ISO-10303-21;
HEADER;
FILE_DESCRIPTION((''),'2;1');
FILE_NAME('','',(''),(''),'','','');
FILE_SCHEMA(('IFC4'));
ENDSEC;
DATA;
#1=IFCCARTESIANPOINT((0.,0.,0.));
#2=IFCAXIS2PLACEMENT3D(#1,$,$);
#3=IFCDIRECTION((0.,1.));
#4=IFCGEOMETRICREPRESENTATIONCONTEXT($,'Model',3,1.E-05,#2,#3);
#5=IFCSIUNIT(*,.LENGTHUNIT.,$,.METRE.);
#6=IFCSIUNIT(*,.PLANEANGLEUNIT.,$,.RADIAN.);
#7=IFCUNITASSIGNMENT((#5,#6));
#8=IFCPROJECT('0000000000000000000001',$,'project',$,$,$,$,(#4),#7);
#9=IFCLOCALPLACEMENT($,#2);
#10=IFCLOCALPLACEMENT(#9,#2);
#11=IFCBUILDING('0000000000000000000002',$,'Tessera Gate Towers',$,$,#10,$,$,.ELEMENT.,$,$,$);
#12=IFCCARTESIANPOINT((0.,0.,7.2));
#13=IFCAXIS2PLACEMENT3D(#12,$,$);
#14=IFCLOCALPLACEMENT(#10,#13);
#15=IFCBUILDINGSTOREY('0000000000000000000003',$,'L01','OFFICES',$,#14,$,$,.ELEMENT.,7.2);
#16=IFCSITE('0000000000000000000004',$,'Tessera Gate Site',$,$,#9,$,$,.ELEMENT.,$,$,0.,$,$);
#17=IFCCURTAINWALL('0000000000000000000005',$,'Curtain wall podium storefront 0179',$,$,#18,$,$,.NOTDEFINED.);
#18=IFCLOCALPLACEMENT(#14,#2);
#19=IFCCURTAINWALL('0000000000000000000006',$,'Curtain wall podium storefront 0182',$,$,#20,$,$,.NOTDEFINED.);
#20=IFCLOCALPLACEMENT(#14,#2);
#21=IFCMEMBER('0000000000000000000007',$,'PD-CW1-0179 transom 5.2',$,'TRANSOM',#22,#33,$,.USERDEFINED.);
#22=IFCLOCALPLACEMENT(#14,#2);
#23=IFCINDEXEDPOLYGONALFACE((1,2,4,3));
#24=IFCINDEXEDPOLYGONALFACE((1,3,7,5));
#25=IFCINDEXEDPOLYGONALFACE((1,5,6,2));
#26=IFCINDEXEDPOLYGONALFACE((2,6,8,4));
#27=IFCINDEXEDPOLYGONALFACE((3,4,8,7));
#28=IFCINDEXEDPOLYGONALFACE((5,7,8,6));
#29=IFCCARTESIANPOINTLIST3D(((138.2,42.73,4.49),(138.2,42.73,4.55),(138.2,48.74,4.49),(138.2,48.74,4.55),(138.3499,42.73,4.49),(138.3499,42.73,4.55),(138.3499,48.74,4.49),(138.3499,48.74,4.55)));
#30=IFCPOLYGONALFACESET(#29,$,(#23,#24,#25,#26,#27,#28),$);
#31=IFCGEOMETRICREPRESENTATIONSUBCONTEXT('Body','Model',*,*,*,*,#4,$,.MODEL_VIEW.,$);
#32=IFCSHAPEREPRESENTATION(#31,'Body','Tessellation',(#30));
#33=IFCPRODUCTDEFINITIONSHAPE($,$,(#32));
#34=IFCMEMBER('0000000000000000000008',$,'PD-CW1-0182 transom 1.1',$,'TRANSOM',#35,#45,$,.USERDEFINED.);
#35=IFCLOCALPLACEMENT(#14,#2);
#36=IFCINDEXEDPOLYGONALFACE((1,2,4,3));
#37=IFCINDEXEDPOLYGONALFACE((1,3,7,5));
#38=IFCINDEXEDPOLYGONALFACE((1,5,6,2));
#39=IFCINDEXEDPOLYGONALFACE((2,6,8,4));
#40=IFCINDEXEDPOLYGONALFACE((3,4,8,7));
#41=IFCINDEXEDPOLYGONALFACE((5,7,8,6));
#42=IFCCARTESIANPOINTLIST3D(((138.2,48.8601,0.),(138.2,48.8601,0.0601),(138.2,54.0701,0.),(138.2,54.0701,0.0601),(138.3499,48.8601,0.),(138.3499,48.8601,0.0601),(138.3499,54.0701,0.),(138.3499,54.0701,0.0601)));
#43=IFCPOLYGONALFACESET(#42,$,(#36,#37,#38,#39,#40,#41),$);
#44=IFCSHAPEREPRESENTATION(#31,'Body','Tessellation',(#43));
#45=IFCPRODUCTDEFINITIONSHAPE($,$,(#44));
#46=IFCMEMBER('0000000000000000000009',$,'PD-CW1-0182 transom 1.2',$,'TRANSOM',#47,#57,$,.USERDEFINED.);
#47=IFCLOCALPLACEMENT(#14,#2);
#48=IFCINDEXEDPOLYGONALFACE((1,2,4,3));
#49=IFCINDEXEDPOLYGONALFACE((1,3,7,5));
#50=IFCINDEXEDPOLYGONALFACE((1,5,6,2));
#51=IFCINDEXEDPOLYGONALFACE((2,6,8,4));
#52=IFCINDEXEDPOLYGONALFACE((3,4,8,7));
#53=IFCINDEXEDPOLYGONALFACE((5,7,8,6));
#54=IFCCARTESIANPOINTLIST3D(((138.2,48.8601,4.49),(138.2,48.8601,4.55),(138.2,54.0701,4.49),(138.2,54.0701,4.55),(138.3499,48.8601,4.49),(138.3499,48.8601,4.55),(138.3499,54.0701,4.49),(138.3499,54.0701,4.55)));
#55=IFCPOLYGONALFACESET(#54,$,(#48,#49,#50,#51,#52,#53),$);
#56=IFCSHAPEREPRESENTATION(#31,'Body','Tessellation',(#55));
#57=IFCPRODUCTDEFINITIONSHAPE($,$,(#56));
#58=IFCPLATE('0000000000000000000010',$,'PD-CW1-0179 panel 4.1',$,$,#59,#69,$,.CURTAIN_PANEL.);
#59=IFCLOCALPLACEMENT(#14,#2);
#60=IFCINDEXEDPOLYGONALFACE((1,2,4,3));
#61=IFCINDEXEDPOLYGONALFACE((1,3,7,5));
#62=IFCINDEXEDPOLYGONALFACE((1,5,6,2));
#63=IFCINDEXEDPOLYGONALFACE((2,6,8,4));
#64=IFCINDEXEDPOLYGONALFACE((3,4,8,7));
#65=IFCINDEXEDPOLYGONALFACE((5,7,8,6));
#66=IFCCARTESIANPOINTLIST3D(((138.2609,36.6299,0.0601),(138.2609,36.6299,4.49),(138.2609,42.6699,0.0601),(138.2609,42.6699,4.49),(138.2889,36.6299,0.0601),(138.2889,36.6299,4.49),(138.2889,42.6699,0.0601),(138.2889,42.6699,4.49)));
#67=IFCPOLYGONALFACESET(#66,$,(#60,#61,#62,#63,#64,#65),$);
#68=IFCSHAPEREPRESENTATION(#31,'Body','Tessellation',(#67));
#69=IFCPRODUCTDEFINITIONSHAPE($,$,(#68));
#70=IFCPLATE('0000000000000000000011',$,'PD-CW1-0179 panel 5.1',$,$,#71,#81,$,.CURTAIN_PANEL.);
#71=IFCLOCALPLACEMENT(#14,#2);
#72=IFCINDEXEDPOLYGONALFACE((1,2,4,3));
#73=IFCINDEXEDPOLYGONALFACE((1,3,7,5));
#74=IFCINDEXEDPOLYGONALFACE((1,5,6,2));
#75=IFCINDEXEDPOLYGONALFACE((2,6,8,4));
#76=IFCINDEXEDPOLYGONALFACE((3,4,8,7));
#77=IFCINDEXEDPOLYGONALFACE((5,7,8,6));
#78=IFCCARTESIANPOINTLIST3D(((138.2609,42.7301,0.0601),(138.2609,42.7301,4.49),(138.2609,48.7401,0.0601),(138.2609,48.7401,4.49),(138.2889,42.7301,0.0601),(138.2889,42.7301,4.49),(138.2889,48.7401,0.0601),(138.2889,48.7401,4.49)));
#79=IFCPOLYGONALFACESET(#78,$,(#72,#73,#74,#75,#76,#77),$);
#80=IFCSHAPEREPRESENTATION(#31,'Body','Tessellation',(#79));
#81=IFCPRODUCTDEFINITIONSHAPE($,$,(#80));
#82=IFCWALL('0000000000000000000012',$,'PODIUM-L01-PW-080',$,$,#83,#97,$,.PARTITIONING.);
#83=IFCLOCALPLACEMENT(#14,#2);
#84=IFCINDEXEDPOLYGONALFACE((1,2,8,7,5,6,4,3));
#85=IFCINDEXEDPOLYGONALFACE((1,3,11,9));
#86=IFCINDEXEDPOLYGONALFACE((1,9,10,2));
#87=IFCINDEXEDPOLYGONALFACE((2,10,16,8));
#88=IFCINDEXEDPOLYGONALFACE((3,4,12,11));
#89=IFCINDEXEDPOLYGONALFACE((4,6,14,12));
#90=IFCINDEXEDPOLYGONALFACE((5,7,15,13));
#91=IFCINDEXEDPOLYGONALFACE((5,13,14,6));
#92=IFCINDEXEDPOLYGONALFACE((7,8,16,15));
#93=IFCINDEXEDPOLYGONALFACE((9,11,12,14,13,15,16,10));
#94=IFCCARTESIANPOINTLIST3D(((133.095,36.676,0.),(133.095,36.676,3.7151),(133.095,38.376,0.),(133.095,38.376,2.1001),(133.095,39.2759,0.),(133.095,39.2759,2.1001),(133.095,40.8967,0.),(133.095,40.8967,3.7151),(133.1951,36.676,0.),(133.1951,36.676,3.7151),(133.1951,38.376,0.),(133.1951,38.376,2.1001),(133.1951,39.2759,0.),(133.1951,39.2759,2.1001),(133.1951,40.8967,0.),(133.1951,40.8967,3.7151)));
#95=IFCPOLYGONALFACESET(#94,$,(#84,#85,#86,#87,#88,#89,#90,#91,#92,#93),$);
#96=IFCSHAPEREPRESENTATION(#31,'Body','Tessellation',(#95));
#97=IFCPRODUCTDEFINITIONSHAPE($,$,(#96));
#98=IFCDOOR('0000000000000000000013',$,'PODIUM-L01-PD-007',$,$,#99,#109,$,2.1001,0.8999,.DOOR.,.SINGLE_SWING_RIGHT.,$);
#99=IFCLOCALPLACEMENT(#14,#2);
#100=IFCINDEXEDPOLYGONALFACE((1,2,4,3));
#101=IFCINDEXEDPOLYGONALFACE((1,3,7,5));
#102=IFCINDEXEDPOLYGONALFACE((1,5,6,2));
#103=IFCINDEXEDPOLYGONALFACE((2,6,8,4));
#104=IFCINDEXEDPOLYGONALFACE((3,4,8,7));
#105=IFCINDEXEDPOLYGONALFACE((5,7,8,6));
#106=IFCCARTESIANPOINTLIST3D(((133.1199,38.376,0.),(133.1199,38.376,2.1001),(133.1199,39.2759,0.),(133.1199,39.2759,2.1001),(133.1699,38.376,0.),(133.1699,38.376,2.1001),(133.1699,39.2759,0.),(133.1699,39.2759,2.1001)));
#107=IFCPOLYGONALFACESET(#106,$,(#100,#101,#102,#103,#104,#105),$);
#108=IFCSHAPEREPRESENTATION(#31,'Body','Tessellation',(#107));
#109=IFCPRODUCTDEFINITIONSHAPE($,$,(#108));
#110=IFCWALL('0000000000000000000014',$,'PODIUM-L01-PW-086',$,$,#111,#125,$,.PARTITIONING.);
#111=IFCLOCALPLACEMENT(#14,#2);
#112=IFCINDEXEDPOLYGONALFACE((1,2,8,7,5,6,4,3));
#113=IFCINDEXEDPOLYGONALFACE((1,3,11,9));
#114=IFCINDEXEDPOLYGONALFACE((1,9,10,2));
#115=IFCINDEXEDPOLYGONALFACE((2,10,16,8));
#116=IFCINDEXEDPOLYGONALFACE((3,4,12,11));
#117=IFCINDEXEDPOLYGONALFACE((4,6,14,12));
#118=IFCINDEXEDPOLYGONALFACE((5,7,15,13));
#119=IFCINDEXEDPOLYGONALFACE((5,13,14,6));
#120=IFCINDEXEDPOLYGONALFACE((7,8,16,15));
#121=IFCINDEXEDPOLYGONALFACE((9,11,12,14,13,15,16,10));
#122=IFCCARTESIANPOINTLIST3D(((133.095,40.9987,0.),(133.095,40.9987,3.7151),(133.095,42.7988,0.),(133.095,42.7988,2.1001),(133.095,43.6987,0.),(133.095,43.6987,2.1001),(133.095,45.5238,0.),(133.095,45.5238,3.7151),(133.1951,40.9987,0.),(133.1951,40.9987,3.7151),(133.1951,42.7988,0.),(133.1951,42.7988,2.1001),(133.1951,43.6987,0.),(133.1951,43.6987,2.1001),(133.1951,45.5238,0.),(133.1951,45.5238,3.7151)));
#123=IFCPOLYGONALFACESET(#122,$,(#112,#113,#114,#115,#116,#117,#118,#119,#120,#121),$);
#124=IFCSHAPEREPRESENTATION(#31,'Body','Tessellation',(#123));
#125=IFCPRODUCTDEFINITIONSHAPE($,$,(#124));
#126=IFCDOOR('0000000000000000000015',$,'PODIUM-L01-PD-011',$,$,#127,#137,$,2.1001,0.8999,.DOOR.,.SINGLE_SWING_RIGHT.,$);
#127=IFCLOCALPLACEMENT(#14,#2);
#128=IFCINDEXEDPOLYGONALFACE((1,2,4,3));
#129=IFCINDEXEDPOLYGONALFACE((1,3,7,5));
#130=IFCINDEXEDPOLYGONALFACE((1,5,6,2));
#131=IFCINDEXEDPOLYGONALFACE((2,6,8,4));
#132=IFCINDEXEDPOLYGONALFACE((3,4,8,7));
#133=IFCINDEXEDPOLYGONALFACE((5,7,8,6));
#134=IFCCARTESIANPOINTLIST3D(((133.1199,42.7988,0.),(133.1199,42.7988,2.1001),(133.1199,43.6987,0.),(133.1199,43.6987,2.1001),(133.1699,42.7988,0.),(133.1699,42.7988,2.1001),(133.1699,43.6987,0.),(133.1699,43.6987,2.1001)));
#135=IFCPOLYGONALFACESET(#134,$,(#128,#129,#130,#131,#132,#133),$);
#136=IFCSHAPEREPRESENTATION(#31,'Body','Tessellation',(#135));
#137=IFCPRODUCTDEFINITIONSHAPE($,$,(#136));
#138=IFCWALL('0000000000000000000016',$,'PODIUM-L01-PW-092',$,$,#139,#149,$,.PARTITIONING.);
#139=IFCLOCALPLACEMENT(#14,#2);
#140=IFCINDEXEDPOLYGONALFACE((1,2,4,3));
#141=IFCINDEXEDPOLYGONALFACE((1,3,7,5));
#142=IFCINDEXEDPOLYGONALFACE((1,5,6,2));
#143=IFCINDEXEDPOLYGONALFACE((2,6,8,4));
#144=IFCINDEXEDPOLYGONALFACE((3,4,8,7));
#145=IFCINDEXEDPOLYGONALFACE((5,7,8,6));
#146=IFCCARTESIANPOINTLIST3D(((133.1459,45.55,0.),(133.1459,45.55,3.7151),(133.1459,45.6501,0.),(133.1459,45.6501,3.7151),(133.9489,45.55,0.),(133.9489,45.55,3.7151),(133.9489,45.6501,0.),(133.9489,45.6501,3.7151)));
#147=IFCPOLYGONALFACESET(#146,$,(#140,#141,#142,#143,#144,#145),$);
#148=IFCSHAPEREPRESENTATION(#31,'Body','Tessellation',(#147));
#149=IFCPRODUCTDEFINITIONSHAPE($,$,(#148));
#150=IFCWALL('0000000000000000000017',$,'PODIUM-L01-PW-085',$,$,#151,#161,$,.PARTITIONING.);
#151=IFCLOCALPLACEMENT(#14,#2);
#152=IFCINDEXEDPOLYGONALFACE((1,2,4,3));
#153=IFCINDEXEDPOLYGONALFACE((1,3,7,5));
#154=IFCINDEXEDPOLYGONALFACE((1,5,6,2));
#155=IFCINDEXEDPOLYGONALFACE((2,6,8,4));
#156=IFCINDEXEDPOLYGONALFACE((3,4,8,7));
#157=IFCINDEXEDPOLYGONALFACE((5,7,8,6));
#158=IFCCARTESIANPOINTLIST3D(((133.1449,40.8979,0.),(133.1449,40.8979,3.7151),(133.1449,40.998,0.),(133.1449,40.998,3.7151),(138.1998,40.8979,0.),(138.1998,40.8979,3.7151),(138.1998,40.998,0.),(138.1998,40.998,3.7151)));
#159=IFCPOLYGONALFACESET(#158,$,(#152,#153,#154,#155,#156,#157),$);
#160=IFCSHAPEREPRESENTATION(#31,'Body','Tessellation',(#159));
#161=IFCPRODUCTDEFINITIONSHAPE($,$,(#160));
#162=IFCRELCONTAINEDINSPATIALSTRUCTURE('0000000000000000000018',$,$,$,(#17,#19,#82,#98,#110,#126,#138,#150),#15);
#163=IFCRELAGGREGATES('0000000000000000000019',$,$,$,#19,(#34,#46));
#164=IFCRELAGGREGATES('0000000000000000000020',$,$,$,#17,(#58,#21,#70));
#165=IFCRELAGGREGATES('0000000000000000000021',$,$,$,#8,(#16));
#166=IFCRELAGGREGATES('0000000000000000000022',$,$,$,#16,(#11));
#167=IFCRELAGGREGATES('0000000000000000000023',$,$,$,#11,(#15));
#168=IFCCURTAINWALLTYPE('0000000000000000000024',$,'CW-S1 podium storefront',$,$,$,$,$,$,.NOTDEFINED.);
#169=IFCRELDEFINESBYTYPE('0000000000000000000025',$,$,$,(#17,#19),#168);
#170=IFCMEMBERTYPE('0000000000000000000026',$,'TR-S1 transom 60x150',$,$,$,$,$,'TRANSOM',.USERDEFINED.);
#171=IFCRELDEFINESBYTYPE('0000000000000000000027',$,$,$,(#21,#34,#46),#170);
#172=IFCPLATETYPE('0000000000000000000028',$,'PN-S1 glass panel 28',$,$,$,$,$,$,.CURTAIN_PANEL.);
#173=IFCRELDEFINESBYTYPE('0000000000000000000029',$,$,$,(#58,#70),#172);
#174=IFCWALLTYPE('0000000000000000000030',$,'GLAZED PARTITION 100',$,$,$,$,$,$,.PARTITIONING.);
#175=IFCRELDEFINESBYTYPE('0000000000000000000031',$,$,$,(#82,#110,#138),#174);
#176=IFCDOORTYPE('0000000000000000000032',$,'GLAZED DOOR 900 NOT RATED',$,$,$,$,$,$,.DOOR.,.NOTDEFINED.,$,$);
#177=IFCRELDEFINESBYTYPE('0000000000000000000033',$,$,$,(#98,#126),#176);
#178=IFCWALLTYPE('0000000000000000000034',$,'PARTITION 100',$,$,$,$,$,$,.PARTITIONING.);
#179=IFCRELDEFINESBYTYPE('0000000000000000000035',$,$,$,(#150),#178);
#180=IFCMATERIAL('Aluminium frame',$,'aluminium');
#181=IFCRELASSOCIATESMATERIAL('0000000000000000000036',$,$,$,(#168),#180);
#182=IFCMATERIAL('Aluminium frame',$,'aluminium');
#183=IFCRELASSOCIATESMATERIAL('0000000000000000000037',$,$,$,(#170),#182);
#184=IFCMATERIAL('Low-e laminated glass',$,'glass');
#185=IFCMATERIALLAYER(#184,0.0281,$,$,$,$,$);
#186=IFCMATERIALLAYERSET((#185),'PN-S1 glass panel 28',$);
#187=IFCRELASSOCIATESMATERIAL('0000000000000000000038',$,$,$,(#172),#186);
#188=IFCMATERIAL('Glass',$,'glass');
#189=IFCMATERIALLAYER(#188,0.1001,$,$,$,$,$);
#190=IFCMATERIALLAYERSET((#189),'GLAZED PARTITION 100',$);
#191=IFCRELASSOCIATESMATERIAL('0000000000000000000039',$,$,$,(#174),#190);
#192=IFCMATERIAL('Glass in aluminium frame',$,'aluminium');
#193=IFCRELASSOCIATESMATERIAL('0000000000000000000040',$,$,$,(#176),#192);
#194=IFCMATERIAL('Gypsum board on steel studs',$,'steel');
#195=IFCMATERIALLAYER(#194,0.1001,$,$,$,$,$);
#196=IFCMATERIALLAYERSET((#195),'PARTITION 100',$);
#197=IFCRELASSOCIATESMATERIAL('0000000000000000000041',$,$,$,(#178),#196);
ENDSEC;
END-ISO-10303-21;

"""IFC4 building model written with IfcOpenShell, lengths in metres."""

from ifc_helpers import new_model, si_unit, direction, frame, frame_2d, origin, origin_2d, place, context, subcontext, project, spatial, rectangle, extrude, source, transform, mapped, material, layer, layer_set, material_profile, profile_set, type_object, element, fill, aggregate, save


model = new_model("IFC4")

# Units and contexts
model_context = context("Model", 3, precision=1e-05, world=origin(), true_north=direction((0.0, 1.0)))
body_context = subcontext(model_context, "Body", "Model", "MODEL_VIEW")
ifc_project = project(units=[si_unit("LENGTHUNIT", "METRE"), si_unit("PLANEANGLEUNIT", "RADIAN")], contexts=[model_context])

# Site, building, storey
site_placement = place(None, origin())
site = spatial("IfcSite", under=ifc_project, at=site_placement, Name="Tessera Gate Site", CompositionType="ELEMENT", RefElevation=0.0)
building_placement = place(site_placement, origin())
building = spatial("IfcBuilding", under=site, at=building_placement, Name="Tessera Gate Towers", CompositionType="ELEMENT")
storey_placement = place(building_placement, frame((0.0, 0.0, 7.2)))
storey = spatial("IfcBuildingStorey", under=building, at=storey_placement, Name="L01", Description="OFFICES", CompositionType="ELEMENT", Elevation=7.2)

# Curtain wall
ifc_material_1 = material(Name="Aluminium frame", Category="aluminium")
curtain_wall_type = type_object("IfcCurtainWallType", Name="CW-S1 podium storefront", PredefinedType="NOTDEFINED", material=ifc_material_1)
curtain_wall_1_placement = place(storey_placement, origin())
curtain_wall_1 = element("IfcCurtainWall", 1, at=curtain_wall_1_placement, inside=storey, type_object=curtain_wall_type, Name="Curtain wall podium storefront 0179", PredefinedType="NOTDEFINED")

# Curtain wall
curtain_wall_2_placement = place(storey_placement, origin())
curtain_wall_2 = element("IfcCurtainWall", 2, at=curtain_wall_2_placement, inside=storey, type_object=curtain_wall_type, Name="Curtain wall podium storefront 0182", PredefinedType="NOTDEFINED")

# Members
ifc_material_2 = material(Name="Aluminium frame", Category="aluminium")
ifc_material_profile_1 = material_profile(ifc_material_2, rectangle(XDim=0.1499, YDim=0.0601, at=origin_2d()), Name="AL 60x150")
ifc_profile_set_1 = profile_set([ifc_material_profile_1], Name="Aluminium frame")
member_type_1 = type_object("IfcMemberType", Name="TR-S1 transom 60x150", ElementType="TRANSOM", PredefinedType="USERDEFINED", material=ifc_profile_set_1)
member_1_placement = place(storey_placement, frame((138.2749, 42.73, 4.52), z_axis=(0.0, 1.0, 0.0), x_axis=(-1.0, 0.0, 0.0)))
member_1 = element("IfcMember", 3, at=member_1_placement, type_object=member_type_1, Name="PD-CW1-0179 transom 5.2", ObjectType="TRANSOM", PredefinedType="USERDEFINED", context=body_context, shape_type="SweptSolid", body=[
    extrude(rectangle(XDim=0.1499, YDim=0.0601, at=origin_2d()), origin(), (0.0, 0.0, 1.0), 6.01),
])
member_2_placement = place(storey_placement, frame((138.2749, 48.8601, 0.03), z_axis=(0.0, 1.0, 0.0), x_axis=(-1.0, 0.0, 0.0)))
member_2 = element("IfcMember", 4, at=member_2_placement, type_object=member_type_1, Name="PD-CW1-0182 transom 1.1", ObjectType="TRANSOM", PredefinedType="USERDEFINED", context=body_context, shape_type="SweptSolid", body=[
    extrude(rectangle(XDim=0.1499, YDim=0.0601, at=origin_2d()), origin(), (0.0, 0.0, 1.0), 5.21),
])
member_3_placement = place(storey_placement, frame((138.2749, 48.8601, 4.52), z_axis=(0.0, 1.0, 0.0), x_axis=(-1.0, 0.0, 0.0)))
member_3 = element("IfcMember", 5, at=member_3_placement, type_object=member_type_1, Name="PD-CW1-0182 transom 1.2", ObjectType="TRANSOM", PredefinedType="USERDEFINED", context=body_context, shape_type="SweptSolid", body=[
    extrude(rectangle(XDim=0.1499, YDim=0.0601, at=origin_2d()), origin(), (0.0, 0.0, 1.0), 5.21),
])
aggregate(curtain_wall_2, [member_2, member_3])

# Plates
ifc_material_3 = material(Name="Low-e laminated glass", Category="glass")
ifc_layer_1 = layer(ifc_material_3, 0.0281)
ifc_layer_set_1 = layer_set([ifc_layer_1], Name="PN-S1 glass panel 28")
plate_type = type_object("IfcPlateType", Name="PN-S1 glass panel 28", PredefinedType="CURTAIN_PANEL", material=ifc_layer_set_1)
plate_1_placement = place(storey_placement, frame((138.2749, 39.6499, 0.0601), z_axis=(0.0, 0.0, 1.0), x_axis=(0.0, 1.0, 0.0)))
plate_1 = element("IfcPlate", 6, at=plate_1_placement, type_object=plate_type, Name="PD-CW1-0179 panel 4.1", PredefinedType="CURTAIN_PANEL", context=body_context, shape_type="SweptSolid", body=[
    extrude(rectangle(XDim=6.04, YDim=0.0281, at=origin_2d()), origin(), (0.0, 0.0, 1.0), 4.4299),
])
plate_2_placement = place(storey_placement, frame((138.2749, 45.7351, 0.0601), z_axis=(0.0, 0.0, 1.0), x_axis=(0.0, 1.0, 0.0)))
plate_2 = element("IfcPlate", 7, at=plate_2_placement, type_object=plate_type, Name="PD-CW1-0179 panel 5.1", PredefinedType="CURTAIN_PANEL", context=body_context, shape_type="SweptSolid", body=[
    extrude(rectangle(XDim=6.01, YDim=0.0281, at=origin_2d()), origin(), (0.0, 0.0, 1.0), 4.4299),
])
aggregate(curtain_wall_1, [plate_1, member_1, plate_2])

# Walls, openings, doors
ifc_material_4 = material(Name="Glass", Category="glass")
ifc_layer_2 = layer(ifc_material_4, 0.1001)
ifc_layer_set_2 = layer_set([ifc_layer_2], Name="GLAZED PARTITION 100")
wall_type_1 = type_object("IfcWallType", Name="GLAZED PARTITION 100", PredefinedType="PARTITIONING", material=ifc_layer_set_2)
wall_1_placement = place(storey_placement, frame((133.145, 40.8967, 0.0), z_axis=(0.0, 0.0, 1.0), x_axis=(0.0, -1.0, 0.0)))
wall_1 = element("IfcWall", 8, at=wall_1_placement, inside=storey, type_object=wall_type_1, Name="PODIUM-L01-PW-080", PredefinedType="PARTITIONING", context=body_context, shape_type="SweptSolid", body=[
    extrude(rectangle(XDim=4.2207, YDim=0.1001, at=frame_2d((2.1104, 0.0))), origin(), (0.0, 0.0, 1.0), 3.7151),
])
shared_shape_1 = source(origin(), body_context, "Body", "SweptSolid", [
    extrude(rectangle(XDim=0.8999, YDim=2.1001, at=frame_2d((0.45, 1.05))), frame((0.0, 0.0601, 0.0), z_axis=(0.0, -1.0, 0.0), x_axis=(1.0, 0.0, 0.0)), (0.0, 0.0, 1.0), 0.1201),
])
opening_1_placement = place(wall_1_placement, frame((1.6208, 0.0, 0.0)))
opening_1 = element("IfcOpeningElement", 9, at=opening_1_placement, cuts=wall_1, PredefinedType="OPENING", context=body_context, shape_type="MappedRepresentation", body=[
    mapped(shared_shape_1, transform((0.0, 0.0, 0.0), scale=1.0)),
])
ifc_material_5 = material(Name="Glass in aluminium frame", Category="aluminium")
door_type_1 = type_object("IfcDoorType", Name="GLAZED DOOR 900 NOT RATED", OperationType="NOTDEFINED", PredefinedType="DOOR", material=ifc_material_5)
shared_shape_2 = source(origin(), body_context, "Body", "SweptSolid", [
    extrude(rectangle(XDim=0.8999, YDim=2.1001, at=frame_2d((0.45, 1.05))), frame((0.0, 0.0249, 0.0), z_axis=(0.0, -1.0, 0.0), x_axis=(1.0, 0.0, 0.0)), (0.0, 0.0, 1.0), 0.05),
])
door_1_placement = place(opening_1_placement, origin())
door_1 = element("IfcDoor", 10, at=door_1_placement, inside=storey, type_object=door_type_1, Name="PODIUM-L01-PD-007", OperationType="SINGLE_SWING_RIGHT", OverallHeight=2.1001, OverallWidth=0.8999, PredefinedType="DOOR", context=body_context, shape_type="MappedRepresentation", body=[
    mapped(shared_shape_2, transform((0.0, 0.0, 0.0), scale=1.0)),
])
fill(opening_1, door_1)
wall_2_placement = place(storey_placement, frame((133.145, 45.5239, 0.0), z_axis=(0.0, 0.0, 1.0), x_axis=(0.0, -1.0, 0.0)))
wall_2 = element("IfcWall", 11, at=wall_2_placement, inside=storey, type_object=wall_type_1, Name="PODIUM-L01-PW-086", PredefinedType="PARTITIONING", context=body_context, shape_type="SweptSolid", body=[
    extrude(rectangle(XDim=4.5251, YDim=0.1001, at=frame_2d((2.2627, 0.0))), origin(), (0.0, 0.0, 1.0), 3.7151),
])
opening_2_placement = place(wall_2_placement, frame((1.8252, 0.0, 0.0)))
opening_2 = element("IfcOpeningElement", 12, at=opening_2_placement, cuts=wall_2, PredefinedType="OPENING", context=body_context, shape_type="MappedRepresentation", body=[
    mapped(shared_shape_1, transform((0.0, 0.0, 0.0), scale=1.0)),
])
door_2_placement = place(opening_2_placement, origin())
door_2 = element("IfcDoor", 13, at=door_2_placement, inside=storey, type_object=door_type_1, Name="PODIUM-L01-PD-011", OperationType="SINGLE_SWING_RIGHT", OverallHeight=2.1001, OverallWidth=0.8999, PredefinedType="DOOR", context=body_context, shape_type="MappedRepresentation", body=[
    mapped(shared_shape_2, transform((0.0, 0.0, 0.0), scale=1.0)),
])
fill(opening_2, door_2)

# Walls
wall_3_placement = place(storey_placement, frame((133.146, 45.6001, 0.0), z_axis=(0.0, 0.0, 1.0), x_axis=(1.0, 0.0, 0.0)))
element("IfcWall", 14, at=wall_3_placement, inside=storey, type_object=wall_type_1, Name="PODIUM-L01-PW-092", PredefinedType="PARTITIONING", context=body_context, shape_type="SweptSolid", body=[
    extrude(rectangle(XDim=0.803, YDim=0.1001, at=frame_2d((0.4014, 0.0))), origin(), (0.0, 0.0, 1.0), 3.7151),
])
ifc_material_6 = material(Name="Gypsum board on steel studs", Category="steel")
ifc_layer_3 = layer(ifc_material_6, 0.1001)
ifc_layer_set_3 = layer_set([ifc_layer_3], Name="PARTITION 100")
wall_type_2 = type_object("IfcWallType", Name="PARTITION 100", PredefinedType="PARTITIONING", material=ifc_layer_set_3)
wall_4_placement = place(storey_placement, frame((133.145, 40.948, 0.0), z_axis=(0.0, 0.0, 1.0), x_axis=(1.0, 0.0, 0.0)))
element("IfcWall", 15, at=wall_4_placement, inside=storey, type_object=wall_type_2, Name="PODIUM-L01-PW-085", PredefinedType="PARTITIONING", context=body_context, shape_type="SweptSolid", body=[
    extrude(rectangle(XDim=5.0549, YDim=0.1001, at=frame_2d((2.5273, 0.0))), origin(), (0.0, 0.0, 1.0), 3.7151),
])

save(model, "model.ifc")
